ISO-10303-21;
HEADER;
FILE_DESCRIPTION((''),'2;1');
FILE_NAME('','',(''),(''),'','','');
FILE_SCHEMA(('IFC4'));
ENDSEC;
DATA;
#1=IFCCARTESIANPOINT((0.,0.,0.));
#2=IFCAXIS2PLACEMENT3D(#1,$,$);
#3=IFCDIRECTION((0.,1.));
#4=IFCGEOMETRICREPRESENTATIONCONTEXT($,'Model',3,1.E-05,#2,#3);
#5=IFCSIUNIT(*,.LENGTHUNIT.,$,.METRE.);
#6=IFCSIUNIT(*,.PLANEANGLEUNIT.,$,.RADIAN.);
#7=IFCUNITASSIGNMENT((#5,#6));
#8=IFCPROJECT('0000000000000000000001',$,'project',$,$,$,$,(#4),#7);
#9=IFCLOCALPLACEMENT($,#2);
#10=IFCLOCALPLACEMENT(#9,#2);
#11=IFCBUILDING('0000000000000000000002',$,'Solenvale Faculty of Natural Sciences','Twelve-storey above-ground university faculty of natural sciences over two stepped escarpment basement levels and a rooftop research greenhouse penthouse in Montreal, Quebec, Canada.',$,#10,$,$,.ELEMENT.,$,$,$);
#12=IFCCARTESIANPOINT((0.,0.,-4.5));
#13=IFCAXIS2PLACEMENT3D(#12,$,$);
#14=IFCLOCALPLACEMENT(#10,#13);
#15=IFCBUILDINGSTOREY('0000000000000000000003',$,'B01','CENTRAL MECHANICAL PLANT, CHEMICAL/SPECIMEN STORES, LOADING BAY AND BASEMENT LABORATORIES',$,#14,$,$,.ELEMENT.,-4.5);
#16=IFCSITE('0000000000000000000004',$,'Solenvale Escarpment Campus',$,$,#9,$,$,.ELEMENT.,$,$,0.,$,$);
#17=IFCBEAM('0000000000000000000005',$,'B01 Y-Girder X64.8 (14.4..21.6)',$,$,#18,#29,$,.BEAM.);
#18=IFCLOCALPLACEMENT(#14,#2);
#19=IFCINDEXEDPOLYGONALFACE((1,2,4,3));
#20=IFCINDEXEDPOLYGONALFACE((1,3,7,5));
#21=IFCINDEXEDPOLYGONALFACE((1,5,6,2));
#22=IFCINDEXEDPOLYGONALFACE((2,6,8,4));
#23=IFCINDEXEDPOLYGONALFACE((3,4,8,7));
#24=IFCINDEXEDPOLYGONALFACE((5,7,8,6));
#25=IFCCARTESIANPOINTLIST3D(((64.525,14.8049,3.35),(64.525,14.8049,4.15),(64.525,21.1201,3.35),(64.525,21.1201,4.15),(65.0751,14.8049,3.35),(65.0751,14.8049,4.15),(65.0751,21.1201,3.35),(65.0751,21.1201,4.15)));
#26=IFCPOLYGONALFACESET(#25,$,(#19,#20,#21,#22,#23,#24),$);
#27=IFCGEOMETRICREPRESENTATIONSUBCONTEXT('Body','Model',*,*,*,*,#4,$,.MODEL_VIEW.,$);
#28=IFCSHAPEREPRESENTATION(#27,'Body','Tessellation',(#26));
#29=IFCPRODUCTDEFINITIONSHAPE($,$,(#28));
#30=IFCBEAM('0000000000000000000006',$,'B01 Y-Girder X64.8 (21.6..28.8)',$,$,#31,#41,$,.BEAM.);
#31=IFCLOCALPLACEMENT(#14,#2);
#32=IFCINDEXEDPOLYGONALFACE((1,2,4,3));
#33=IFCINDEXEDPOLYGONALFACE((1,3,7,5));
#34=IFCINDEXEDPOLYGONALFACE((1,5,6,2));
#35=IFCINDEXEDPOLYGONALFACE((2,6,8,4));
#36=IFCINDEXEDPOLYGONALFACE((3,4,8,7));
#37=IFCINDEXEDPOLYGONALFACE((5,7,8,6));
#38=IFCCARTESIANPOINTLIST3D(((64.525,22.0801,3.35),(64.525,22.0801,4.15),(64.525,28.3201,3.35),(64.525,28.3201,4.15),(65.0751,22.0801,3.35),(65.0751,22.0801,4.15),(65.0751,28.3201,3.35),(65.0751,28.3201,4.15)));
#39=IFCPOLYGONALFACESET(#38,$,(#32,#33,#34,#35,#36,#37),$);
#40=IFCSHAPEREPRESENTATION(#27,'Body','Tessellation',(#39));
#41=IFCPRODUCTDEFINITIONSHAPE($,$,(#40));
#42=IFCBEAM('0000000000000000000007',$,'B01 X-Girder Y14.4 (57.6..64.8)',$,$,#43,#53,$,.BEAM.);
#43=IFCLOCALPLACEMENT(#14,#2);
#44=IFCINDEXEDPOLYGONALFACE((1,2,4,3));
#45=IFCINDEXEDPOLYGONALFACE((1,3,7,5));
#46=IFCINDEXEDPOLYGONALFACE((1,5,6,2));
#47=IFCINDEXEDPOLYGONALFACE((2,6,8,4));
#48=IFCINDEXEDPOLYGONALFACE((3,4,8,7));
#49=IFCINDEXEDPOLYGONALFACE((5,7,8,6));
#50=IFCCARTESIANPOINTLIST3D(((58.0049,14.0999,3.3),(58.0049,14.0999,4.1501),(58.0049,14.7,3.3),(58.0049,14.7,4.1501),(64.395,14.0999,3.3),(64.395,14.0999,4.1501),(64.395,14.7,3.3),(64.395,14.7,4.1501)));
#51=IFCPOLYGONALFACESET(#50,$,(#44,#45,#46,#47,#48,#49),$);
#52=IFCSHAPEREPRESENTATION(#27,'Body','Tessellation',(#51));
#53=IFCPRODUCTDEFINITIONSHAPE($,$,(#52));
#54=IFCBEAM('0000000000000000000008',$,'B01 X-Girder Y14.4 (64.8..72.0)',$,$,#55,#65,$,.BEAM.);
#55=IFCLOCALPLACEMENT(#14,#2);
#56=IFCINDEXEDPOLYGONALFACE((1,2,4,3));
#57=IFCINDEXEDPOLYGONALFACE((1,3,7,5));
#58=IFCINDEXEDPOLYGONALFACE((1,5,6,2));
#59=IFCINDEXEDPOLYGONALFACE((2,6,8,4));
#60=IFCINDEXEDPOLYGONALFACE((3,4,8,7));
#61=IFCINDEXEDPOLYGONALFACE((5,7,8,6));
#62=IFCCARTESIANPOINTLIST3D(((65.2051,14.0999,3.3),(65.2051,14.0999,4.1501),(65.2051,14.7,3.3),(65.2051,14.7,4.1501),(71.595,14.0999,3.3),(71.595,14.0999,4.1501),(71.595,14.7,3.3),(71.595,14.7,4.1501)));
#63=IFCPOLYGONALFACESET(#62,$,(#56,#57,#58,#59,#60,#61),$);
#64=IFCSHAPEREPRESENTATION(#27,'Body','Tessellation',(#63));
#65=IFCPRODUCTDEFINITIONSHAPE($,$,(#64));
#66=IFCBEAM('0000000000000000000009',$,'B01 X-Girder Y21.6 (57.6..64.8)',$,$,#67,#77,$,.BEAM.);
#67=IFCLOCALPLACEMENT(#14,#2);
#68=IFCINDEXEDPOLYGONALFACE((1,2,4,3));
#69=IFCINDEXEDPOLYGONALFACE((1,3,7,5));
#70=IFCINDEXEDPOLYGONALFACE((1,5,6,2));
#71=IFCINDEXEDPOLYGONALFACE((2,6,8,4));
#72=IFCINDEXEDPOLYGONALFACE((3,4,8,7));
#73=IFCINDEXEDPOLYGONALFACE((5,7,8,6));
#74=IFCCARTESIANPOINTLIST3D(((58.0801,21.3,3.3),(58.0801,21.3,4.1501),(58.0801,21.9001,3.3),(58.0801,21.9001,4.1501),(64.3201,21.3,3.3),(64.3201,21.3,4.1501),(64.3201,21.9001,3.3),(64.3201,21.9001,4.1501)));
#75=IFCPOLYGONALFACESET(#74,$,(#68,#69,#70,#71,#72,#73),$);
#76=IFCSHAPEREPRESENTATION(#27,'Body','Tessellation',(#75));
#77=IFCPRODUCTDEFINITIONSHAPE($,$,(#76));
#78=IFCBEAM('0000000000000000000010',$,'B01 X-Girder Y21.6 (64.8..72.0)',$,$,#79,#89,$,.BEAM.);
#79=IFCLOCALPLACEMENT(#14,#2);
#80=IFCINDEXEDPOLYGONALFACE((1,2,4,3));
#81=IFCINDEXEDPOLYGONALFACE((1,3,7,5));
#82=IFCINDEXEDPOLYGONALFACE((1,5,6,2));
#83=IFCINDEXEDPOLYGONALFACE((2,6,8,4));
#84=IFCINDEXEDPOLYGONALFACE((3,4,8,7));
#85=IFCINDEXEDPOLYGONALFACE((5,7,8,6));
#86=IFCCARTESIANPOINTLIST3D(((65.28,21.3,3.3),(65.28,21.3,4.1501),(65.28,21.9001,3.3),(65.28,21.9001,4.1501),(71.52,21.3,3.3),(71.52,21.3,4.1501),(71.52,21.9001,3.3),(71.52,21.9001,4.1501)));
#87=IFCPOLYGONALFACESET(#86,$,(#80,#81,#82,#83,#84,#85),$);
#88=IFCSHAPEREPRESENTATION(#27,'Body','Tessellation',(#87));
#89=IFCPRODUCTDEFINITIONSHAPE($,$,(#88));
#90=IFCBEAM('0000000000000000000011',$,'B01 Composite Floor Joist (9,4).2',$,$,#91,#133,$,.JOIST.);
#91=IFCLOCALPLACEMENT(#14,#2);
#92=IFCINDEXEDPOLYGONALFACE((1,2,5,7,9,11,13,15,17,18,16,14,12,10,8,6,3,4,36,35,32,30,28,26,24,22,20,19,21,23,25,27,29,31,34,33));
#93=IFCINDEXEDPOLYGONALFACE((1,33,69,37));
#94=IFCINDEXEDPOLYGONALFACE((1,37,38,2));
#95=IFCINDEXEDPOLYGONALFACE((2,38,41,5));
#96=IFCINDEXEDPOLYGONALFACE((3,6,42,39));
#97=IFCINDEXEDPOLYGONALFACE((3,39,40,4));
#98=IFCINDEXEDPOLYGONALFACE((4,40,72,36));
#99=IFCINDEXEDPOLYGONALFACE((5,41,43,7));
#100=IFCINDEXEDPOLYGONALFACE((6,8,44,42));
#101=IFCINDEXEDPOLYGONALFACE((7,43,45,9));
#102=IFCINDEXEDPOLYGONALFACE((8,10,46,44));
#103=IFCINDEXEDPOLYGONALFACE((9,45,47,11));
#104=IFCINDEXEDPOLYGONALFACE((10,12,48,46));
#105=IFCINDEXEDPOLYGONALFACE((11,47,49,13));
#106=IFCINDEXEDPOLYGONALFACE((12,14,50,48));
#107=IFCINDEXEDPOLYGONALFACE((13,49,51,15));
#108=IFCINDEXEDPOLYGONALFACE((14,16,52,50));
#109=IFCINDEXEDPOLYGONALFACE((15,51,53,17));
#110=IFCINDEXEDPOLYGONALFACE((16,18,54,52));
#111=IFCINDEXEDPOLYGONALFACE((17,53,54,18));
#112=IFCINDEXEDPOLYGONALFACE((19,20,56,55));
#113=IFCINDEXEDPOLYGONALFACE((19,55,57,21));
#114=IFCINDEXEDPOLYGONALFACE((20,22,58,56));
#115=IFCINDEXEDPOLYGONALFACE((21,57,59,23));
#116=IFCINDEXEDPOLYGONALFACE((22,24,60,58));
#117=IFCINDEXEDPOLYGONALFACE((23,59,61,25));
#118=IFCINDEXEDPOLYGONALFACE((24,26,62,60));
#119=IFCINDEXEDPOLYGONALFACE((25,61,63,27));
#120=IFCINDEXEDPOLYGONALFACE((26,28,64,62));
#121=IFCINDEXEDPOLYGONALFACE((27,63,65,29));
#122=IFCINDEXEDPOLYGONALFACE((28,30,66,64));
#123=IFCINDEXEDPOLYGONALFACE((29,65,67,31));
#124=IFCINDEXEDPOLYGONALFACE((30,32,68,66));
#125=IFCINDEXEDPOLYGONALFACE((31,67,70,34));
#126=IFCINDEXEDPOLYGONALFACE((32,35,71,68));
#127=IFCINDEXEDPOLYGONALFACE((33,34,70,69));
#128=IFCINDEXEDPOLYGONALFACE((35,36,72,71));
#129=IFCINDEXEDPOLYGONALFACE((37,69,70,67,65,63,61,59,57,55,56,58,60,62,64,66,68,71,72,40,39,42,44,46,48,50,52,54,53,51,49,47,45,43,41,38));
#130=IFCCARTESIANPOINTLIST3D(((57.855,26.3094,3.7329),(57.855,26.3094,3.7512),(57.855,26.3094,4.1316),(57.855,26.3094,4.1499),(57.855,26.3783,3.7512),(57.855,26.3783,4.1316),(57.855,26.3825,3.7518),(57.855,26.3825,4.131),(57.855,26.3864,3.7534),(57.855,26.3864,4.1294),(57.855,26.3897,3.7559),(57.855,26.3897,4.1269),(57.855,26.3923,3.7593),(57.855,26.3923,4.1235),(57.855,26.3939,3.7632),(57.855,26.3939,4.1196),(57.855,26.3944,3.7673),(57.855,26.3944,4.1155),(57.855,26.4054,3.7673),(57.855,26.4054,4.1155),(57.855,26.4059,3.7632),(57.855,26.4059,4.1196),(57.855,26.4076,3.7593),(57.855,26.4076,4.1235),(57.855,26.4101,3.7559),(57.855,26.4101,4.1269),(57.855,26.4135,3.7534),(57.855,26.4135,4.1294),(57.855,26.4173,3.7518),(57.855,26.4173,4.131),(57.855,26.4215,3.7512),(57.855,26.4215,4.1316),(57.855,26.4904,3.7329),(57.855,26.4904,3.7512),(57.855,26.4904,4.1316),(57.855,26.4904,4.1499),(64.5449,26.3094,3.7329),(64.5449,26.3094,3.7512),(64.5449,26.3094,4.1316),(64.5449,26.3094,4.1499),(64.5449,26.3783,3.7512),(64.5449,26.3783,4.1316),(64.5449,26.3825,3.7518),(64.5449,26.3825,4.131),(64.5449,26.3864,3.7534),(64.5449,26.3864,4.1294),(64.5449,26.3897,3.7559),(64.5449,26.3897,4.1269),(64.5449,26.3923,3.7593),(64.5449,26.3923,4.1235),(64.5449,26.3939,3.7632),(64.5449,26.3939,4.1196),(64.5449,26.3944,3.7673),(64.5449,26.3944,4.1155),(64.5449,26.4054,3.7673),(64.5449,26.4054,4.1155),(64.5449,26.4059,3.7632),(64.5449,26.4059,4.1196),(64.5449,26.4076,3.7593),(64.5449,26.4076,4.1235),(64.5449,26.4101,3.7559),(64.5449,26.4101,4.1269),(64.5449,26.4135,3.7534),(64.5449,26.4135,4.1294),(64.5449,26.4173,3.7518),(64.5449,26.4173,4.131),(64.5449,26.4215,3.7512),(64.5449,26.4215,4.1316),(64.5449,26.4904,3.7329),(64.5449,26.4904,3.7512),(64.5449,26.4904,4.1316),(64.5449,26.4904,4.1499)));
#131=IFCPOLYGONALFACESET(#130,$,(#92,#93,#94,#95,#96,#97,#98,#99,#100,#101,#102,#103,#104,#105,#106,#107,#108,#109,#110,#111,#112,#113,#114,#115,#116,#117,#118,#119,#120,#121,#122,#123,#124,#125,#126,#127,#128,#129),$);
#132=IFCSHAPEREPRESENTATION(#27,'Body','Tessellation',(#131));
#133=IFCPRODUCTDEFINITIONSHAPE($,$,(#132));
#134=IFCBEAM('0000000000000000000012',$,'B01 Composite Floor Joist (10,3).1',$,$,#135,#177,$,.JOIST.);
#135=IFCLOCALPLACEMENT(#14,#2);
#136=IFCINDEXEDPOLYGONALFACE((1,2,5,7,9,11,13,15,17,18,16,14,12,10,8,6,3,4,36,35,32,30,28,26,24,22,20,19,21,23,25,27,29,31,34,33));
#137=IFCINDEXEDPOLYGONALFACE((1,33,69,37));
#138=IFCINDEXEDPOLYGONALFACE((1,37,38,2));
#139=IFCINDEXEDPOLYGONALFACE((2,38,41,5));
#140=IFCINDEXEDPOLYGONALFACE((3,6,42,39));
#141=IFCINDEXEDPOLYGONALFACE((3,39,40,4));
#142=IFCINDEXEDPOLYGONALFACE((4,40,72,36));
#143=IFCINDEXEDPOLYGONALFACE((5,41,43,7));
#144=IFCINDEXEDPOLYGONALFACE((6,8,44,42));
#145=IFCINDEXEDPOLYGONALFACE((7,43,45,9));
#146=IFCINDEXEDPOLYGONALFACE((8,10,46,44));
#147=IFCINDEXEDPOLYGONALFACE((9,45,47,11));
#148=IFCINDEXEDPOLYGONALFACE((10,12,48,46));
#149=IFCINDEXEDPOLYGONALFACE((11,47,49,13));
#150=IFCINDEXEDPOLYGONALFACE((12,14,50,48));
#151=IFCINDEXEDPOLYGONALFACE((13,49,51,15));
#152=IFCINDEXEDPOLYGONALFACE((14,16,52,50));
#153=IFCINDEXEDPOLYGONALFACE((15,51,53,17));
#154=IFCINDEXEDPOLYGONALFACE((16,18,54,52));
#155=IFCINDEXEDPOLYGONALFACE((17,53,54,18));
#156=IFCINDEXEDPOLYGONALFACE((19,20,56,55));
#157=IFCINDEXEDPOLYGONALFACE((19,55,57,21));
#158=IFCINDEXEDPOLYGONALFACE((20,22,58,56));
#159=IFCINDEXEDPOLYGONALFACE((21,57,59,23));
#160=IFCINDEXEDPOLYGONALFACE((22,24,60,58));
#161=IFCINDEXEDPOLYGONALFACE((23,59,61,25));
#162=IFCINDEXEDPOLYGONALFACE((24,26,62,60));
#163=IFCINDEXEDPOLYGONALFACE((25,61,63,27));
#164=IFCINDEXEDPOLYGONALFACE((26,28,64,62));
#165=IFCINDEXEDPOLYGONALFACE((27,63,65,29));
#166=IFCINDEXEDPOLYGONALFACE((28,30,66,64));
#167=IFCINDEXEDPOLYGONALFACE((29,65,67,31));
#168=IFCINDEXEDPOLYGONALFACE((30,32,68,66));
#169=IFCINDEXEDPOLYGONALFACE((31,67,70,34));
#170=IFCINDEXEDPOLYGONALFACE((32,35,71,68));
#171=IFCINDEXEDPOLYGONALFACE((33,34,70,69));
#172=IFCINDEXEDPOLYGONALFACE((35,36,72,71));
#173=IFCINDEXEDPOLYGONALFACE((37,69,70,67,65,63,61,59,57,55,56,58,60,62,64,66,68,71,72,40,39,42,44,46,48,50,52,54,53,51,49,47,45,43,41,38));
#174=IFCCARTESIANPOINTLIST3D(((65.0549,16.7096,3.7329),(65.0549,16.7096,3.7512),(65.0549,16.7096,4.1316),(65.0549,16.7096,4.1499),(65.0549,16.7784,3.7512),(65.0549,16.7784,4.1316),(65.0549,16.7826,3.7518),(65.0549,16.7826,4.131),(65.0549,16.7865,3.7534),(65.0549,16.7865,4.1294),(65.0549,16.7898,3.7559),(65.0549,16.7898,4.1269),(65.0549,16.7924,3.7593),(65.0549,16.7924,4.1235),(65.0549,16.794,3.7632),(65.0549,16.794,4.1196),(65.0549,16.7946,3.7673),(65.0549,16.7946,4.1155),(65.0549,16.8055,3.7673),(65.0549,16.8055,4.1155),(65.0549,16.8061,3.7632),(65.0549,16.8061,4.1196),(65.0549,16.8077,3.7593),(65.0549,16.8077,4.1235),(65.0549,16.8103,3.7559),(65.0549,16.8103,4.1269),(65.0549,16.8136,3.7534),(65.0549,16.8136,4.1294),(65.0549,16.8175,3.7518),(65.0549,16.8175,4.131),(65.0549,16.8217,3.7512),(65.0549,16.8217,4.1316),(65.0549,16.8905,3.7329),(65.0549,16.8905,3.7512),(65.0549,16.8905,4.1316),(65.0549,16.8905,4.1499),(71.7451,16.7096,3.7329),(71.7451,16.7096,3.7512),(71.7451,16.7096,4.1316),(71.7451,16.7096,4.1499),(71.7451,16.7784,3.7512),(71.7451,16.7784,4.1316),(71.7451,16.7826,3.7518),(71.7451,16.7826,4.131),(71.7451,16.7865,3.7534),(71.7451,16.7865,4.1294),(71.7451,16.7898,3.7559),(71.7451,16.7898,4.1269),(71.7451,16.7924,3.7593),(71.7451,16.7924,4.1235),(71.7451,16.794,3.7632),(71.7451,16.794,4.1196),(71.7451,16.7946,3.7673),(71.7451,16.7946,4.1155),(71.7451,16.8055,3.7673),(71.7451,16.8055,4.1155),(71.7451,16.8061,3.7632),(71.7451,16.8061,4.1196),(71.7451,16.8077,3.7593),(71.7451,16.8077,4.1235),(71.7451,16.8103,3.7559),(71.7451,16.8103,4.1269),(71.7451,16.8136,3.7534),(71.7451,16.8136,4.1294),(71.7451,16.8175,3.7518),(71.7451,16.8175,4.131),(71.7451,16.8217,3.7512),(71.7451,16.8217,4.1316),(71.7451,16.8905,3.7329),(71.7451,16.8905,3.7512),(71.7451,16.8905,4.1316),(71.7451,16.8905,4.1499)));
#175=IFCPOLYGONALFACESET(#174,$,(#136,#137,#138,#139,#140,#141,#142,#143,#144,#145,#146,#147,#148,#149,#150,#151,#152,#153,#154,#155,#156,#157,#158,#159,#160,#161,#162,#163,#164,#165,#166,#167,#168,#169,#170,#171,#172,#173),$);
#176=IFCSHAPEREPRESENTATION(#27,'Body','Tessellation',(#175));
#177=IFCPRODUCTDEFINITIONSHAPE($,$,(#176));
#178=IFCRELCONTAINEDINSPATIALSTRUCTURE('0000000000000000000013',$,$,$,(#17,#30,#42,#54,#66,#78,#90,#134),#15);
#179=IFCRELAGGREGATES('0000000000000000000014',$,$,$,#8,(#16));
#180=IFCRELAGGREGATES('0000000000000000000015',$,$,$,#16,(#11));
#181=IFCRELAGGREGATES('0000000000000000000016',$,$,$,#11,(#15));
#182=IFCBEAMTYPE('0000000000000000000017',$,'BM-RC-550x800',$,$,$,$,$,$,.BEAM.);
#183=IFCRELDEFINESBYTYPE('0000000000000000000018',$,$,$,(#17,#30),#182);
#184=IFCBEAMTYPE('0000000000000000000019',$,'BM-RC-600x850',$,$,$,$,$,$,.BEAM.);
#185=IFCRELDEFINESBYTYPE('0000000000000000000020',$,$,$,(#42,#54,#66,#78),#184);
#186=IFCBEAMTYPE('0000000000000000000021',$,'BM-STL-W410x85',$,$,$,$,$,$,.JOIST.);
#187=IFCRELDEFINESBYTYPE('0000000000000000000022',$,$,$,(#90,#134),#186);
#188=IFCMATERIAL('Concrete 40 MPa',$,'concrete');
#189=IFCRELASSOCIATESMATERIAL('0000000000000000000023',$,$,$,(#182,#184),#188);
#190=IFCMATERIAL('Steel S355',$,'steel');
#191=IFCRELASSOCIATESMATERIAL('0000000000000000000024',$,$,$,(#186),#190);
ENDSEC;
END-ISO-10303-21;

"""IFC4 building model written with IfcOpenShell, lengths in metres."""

from ifc_helpers import new_model, si_unit, direction, frame, origin, origin_2d, place, context, subcontext, project, spatial, rectangle, i_section, extrude, material, material_profile, profile_set, type_object, element, save


model = new_model("IFC4")

# Units and contexts
model_context = context("Model", 3, precision=1e-05, world=origin(), true_north=direction((0.0, 1.0)))
body_context = subcontext(model_context, "Body", "Model", "MODEL_VIEW")
ifc_project = project(units=[si_unit("LENGTHUNIT", "METRE"), si_unit("PLANEANGLEUNIT", "RADIAN")], contexts=[model_context])

# Site, building, storey
site_placement = place(None, origin())
site = spatial("IfcSite", under=ifc_project, at=site_placement, Name="Solenvale Escarpment Campus", CompositionType="ELEMENT", RefElevation=0.0)
building_placement = place(site_placement, origin())
building = spatial("IfcBuilding", under=site, at=building_placement, Name="Solenvale Faculty of Natural Sciences", Description="Twelve-storey above-ground university faculty of natural sciences over two stepped escarpment basement levels and a rooftop research greenhouse penthouse in Montreal, Quebec, Canada.", CompositionType="ELEMENT")
storey_placement = place(building_placement, frame((0.0, 0.0, -4.5)))
storey = spatial("IfcBuildingStorey", under=building, at=storey_placement, Name="B01", Description="CENTRAL MECHANICAL PLANT, CHEMICAL/SPECIMEN STORES, LOADING BAY AND BASEMENT LABORATORIES", CompositionType="ELEMENT", Elevation=-4.5)

# Shared definitions
ifc_material_1 = material(Name="Concrete 40 MPa", Category="concrete")

# Beams
ifc_material_profile_1 = material_profile(ifc_material_1, rectangle(XDim=0.55, YDim=0.8, at=origin_2d()), Name="RC-BM-550x800")
ifc_profile_set_1 = profile_set([ifc_material_profile_1], Name="Concrete 40 MPa")
beam_type_1 = type_object("IfcBeamType", Name="BM-RC-550x800", PredefinedType="BEAM", material=ifc_profile_set_1)
beam_1_placement = place(storey_placement, frame((64.8, 14.8049, 3.75), z_axis=(0.0, 1.0, 0.0), x_axis=(-1.0, 0.0, 0.0)))
element("IfcBeam", 1, at=beam_1_placement, inside=storey, type_object=beam_type_1, Name="B01 Y-Girder X64.8 (14.4..21.6)", PredefinedType="BEAM", context=body_context, shape_type="SweptSolid", body=[
    extrude(rectangle(XDim=0.55, YDim=0.8, at=origin_2d()), origin(), (0.0, 0.0, 1.0), 6.3152),
])
beam_2_placement = place(storey_placement, frame((64.8, 22.0801, 3.75), z_axis=(0.0, 1.0, 0.0), x_axis=(-1.0, 0.0, 0.0)))
element("IfcBeam", 2, at=beam_2_placement, inside=storey, type_object=beam_type_1, Name="B01 Y-Girder X64.8 (21.6..28.8)", PredefinedType="BEAM", context=body_context, shape_type="SweptSolid", body=[
    extrude(rectangle(XDim=0.55, YDim=0.8, at=origin_2d()), origin(), (0.0, 0.0, 1.0), 6.24),
])
ifc_material_profile_2 = material_profile(ifc_material_1, rectangle(XDim=0.6001, YDim=0.8501, at=origin_2d()), Name="RC-BM-600x850")
ifc_profile_set_2 = profile_set([ifc_material_profile_2], Name="Concrete 40 MPa")
beam_type_2 = type_object("IfcBeamType", Name="BM-RC-600x850", PredefinedType="BEAM", material=ifc_profile_set_2)
beam_3_placement = place(storey_placement, frame((58.0049, 14.3999, 3.7251), z_axis=(1.0, 0.0, 0.0), x_axis=(0.0, 1.0, 0.0)))
element("IfcBeam", 3, at=beam_3_placement, inside=storey, type_object=beam_type_2, Name="B01 X-Girder Y14.4 (57.6..64.8)", PredefinedType="BEAM", context=body_context, shape_type="SweptSolid", body=[
    extrude(rectangle(XDim=0.6001, YDim=0.8501, at=origin_2d()), origin(), (0.0, 0.0, 1.0), 6.3901),
])
beam_4_placement = place(storey_placement, frame((65.2051, 14.3999, 3.7251), z_axis=(1.0, 0.0, 0.0), x_axis=(0.0, 1.0, 0.0)))
element("IfcBeam", 4, at=beam_4_placement, inside=storey, type_object=beam_type_2, Name="B01 X-Girder Y14.4 (64.8..72.0)", PredefinedType="BEAM", context=body_context, shape_type="SweptSolid", body=[
    extrude(rectangle(XDim=0.6001, YDim=0.8501, at=origin_2d()), origin(), (0.0, 0.0, 1.0), 6.3899),
])
for number, where, z_axis, x_axis, name in (
    (5, (58.0801, 21.6001, 3.7251), (1.0, 0.0, 0.0), (0.0, 1.0, 0.0), "B01 X-Girder Y21.6 (57.6..64.8)"),
    (6, (65.28, 21.6001, 3.7251), (1.0, 0.0, 0.0), (0.0, 1.0, 0.0), "B01 X-Girder Y21.6 (64.8..72.0)"),
):
    element("IfcBeam", number, at=place(storey_placement, frame(where, z_axis=z_axis, x_axis=x_axis)), inside=storey, type_object=beam_type_2, Name=name, PredefinedType="BEAM", context=body_context, shape_type="SweptSolid", body=[
        extrude(rectangle(XDim=0.6001, YDim=0.8501, at=origin_2d()), origin(), (0.0, 0.0, 1.0), 6.24),
    ])
ifc_material_2 = material(Name="Steel S355", Category="steel")
ifc_material_profile_3 = material_profile(ifc_material_2, i_section(OverallWidth=0.1809, OverallDepth=0.417, WebThickness=0.011, FlangeThickness=0.0183, FilletRadius=0.0161, at=origin_2d()), Name="W410x85")
ifc_profile_set_3 = profile_set([ifc_material_profile_3], Name="Steel S355")
beam_type_3 = type_object("IfcBeamType", Name="BM-STL-W410x85", PredefinedType="JOIST", material=ifc_profile_set_3)
beam_5_placement = place(storey_placement, frame((57.855, 26.3999, 3.9414), z_axis=(1.0, 0.0, 0.0), x_axis=(0.0, 1.0, 0.0)))
element("IfcBeam", 7, at=beam_5_placement, inside=storey, type_object=beam_type_3, Name="B01 Composite Floor Joist (9,4).2", PredefinedType="JOIST", context=body_context, shape_type="SweptSolid", body=[
    extrude(i_section(OverallWidth=0.1809, OverallDepth=0.417, WebThickness=0.011, FlangeThickness=0.0183, FilletRadius=0.0161, at=origin_2d()), origin(), (0.0, 0.0, 1.0), 6.6899),
])
for number, where, z_axis, x_axis, name in (
    (8, (65.0549, 16.8, 3.9414), (1.0, 0.0, 0.0), (0.0, 1.0, 0.0), "B01 Composite Floor Joist (10,3).1"),
):
    element("IfcBeam", number, at=place(storey_placement, frame(where, z_axis=z_axis, x_axis=x_axis)), inside=storey, type_object=beam_type_3, Name=name, PredefinedType="JOIST", context=body_context, shape_type="SweptSolid", body=[
        extrude(i_section(OverallWidth=0.1809, OverallDepth=0.417, WebThickness=0.011, FlangeThickness=0.0183, FilletRadius=0.0161, at=origin_2d()), origin(), (0.0, 0.0, 1.0), 6.6902),
    ])

save(model, "model.ifc")
